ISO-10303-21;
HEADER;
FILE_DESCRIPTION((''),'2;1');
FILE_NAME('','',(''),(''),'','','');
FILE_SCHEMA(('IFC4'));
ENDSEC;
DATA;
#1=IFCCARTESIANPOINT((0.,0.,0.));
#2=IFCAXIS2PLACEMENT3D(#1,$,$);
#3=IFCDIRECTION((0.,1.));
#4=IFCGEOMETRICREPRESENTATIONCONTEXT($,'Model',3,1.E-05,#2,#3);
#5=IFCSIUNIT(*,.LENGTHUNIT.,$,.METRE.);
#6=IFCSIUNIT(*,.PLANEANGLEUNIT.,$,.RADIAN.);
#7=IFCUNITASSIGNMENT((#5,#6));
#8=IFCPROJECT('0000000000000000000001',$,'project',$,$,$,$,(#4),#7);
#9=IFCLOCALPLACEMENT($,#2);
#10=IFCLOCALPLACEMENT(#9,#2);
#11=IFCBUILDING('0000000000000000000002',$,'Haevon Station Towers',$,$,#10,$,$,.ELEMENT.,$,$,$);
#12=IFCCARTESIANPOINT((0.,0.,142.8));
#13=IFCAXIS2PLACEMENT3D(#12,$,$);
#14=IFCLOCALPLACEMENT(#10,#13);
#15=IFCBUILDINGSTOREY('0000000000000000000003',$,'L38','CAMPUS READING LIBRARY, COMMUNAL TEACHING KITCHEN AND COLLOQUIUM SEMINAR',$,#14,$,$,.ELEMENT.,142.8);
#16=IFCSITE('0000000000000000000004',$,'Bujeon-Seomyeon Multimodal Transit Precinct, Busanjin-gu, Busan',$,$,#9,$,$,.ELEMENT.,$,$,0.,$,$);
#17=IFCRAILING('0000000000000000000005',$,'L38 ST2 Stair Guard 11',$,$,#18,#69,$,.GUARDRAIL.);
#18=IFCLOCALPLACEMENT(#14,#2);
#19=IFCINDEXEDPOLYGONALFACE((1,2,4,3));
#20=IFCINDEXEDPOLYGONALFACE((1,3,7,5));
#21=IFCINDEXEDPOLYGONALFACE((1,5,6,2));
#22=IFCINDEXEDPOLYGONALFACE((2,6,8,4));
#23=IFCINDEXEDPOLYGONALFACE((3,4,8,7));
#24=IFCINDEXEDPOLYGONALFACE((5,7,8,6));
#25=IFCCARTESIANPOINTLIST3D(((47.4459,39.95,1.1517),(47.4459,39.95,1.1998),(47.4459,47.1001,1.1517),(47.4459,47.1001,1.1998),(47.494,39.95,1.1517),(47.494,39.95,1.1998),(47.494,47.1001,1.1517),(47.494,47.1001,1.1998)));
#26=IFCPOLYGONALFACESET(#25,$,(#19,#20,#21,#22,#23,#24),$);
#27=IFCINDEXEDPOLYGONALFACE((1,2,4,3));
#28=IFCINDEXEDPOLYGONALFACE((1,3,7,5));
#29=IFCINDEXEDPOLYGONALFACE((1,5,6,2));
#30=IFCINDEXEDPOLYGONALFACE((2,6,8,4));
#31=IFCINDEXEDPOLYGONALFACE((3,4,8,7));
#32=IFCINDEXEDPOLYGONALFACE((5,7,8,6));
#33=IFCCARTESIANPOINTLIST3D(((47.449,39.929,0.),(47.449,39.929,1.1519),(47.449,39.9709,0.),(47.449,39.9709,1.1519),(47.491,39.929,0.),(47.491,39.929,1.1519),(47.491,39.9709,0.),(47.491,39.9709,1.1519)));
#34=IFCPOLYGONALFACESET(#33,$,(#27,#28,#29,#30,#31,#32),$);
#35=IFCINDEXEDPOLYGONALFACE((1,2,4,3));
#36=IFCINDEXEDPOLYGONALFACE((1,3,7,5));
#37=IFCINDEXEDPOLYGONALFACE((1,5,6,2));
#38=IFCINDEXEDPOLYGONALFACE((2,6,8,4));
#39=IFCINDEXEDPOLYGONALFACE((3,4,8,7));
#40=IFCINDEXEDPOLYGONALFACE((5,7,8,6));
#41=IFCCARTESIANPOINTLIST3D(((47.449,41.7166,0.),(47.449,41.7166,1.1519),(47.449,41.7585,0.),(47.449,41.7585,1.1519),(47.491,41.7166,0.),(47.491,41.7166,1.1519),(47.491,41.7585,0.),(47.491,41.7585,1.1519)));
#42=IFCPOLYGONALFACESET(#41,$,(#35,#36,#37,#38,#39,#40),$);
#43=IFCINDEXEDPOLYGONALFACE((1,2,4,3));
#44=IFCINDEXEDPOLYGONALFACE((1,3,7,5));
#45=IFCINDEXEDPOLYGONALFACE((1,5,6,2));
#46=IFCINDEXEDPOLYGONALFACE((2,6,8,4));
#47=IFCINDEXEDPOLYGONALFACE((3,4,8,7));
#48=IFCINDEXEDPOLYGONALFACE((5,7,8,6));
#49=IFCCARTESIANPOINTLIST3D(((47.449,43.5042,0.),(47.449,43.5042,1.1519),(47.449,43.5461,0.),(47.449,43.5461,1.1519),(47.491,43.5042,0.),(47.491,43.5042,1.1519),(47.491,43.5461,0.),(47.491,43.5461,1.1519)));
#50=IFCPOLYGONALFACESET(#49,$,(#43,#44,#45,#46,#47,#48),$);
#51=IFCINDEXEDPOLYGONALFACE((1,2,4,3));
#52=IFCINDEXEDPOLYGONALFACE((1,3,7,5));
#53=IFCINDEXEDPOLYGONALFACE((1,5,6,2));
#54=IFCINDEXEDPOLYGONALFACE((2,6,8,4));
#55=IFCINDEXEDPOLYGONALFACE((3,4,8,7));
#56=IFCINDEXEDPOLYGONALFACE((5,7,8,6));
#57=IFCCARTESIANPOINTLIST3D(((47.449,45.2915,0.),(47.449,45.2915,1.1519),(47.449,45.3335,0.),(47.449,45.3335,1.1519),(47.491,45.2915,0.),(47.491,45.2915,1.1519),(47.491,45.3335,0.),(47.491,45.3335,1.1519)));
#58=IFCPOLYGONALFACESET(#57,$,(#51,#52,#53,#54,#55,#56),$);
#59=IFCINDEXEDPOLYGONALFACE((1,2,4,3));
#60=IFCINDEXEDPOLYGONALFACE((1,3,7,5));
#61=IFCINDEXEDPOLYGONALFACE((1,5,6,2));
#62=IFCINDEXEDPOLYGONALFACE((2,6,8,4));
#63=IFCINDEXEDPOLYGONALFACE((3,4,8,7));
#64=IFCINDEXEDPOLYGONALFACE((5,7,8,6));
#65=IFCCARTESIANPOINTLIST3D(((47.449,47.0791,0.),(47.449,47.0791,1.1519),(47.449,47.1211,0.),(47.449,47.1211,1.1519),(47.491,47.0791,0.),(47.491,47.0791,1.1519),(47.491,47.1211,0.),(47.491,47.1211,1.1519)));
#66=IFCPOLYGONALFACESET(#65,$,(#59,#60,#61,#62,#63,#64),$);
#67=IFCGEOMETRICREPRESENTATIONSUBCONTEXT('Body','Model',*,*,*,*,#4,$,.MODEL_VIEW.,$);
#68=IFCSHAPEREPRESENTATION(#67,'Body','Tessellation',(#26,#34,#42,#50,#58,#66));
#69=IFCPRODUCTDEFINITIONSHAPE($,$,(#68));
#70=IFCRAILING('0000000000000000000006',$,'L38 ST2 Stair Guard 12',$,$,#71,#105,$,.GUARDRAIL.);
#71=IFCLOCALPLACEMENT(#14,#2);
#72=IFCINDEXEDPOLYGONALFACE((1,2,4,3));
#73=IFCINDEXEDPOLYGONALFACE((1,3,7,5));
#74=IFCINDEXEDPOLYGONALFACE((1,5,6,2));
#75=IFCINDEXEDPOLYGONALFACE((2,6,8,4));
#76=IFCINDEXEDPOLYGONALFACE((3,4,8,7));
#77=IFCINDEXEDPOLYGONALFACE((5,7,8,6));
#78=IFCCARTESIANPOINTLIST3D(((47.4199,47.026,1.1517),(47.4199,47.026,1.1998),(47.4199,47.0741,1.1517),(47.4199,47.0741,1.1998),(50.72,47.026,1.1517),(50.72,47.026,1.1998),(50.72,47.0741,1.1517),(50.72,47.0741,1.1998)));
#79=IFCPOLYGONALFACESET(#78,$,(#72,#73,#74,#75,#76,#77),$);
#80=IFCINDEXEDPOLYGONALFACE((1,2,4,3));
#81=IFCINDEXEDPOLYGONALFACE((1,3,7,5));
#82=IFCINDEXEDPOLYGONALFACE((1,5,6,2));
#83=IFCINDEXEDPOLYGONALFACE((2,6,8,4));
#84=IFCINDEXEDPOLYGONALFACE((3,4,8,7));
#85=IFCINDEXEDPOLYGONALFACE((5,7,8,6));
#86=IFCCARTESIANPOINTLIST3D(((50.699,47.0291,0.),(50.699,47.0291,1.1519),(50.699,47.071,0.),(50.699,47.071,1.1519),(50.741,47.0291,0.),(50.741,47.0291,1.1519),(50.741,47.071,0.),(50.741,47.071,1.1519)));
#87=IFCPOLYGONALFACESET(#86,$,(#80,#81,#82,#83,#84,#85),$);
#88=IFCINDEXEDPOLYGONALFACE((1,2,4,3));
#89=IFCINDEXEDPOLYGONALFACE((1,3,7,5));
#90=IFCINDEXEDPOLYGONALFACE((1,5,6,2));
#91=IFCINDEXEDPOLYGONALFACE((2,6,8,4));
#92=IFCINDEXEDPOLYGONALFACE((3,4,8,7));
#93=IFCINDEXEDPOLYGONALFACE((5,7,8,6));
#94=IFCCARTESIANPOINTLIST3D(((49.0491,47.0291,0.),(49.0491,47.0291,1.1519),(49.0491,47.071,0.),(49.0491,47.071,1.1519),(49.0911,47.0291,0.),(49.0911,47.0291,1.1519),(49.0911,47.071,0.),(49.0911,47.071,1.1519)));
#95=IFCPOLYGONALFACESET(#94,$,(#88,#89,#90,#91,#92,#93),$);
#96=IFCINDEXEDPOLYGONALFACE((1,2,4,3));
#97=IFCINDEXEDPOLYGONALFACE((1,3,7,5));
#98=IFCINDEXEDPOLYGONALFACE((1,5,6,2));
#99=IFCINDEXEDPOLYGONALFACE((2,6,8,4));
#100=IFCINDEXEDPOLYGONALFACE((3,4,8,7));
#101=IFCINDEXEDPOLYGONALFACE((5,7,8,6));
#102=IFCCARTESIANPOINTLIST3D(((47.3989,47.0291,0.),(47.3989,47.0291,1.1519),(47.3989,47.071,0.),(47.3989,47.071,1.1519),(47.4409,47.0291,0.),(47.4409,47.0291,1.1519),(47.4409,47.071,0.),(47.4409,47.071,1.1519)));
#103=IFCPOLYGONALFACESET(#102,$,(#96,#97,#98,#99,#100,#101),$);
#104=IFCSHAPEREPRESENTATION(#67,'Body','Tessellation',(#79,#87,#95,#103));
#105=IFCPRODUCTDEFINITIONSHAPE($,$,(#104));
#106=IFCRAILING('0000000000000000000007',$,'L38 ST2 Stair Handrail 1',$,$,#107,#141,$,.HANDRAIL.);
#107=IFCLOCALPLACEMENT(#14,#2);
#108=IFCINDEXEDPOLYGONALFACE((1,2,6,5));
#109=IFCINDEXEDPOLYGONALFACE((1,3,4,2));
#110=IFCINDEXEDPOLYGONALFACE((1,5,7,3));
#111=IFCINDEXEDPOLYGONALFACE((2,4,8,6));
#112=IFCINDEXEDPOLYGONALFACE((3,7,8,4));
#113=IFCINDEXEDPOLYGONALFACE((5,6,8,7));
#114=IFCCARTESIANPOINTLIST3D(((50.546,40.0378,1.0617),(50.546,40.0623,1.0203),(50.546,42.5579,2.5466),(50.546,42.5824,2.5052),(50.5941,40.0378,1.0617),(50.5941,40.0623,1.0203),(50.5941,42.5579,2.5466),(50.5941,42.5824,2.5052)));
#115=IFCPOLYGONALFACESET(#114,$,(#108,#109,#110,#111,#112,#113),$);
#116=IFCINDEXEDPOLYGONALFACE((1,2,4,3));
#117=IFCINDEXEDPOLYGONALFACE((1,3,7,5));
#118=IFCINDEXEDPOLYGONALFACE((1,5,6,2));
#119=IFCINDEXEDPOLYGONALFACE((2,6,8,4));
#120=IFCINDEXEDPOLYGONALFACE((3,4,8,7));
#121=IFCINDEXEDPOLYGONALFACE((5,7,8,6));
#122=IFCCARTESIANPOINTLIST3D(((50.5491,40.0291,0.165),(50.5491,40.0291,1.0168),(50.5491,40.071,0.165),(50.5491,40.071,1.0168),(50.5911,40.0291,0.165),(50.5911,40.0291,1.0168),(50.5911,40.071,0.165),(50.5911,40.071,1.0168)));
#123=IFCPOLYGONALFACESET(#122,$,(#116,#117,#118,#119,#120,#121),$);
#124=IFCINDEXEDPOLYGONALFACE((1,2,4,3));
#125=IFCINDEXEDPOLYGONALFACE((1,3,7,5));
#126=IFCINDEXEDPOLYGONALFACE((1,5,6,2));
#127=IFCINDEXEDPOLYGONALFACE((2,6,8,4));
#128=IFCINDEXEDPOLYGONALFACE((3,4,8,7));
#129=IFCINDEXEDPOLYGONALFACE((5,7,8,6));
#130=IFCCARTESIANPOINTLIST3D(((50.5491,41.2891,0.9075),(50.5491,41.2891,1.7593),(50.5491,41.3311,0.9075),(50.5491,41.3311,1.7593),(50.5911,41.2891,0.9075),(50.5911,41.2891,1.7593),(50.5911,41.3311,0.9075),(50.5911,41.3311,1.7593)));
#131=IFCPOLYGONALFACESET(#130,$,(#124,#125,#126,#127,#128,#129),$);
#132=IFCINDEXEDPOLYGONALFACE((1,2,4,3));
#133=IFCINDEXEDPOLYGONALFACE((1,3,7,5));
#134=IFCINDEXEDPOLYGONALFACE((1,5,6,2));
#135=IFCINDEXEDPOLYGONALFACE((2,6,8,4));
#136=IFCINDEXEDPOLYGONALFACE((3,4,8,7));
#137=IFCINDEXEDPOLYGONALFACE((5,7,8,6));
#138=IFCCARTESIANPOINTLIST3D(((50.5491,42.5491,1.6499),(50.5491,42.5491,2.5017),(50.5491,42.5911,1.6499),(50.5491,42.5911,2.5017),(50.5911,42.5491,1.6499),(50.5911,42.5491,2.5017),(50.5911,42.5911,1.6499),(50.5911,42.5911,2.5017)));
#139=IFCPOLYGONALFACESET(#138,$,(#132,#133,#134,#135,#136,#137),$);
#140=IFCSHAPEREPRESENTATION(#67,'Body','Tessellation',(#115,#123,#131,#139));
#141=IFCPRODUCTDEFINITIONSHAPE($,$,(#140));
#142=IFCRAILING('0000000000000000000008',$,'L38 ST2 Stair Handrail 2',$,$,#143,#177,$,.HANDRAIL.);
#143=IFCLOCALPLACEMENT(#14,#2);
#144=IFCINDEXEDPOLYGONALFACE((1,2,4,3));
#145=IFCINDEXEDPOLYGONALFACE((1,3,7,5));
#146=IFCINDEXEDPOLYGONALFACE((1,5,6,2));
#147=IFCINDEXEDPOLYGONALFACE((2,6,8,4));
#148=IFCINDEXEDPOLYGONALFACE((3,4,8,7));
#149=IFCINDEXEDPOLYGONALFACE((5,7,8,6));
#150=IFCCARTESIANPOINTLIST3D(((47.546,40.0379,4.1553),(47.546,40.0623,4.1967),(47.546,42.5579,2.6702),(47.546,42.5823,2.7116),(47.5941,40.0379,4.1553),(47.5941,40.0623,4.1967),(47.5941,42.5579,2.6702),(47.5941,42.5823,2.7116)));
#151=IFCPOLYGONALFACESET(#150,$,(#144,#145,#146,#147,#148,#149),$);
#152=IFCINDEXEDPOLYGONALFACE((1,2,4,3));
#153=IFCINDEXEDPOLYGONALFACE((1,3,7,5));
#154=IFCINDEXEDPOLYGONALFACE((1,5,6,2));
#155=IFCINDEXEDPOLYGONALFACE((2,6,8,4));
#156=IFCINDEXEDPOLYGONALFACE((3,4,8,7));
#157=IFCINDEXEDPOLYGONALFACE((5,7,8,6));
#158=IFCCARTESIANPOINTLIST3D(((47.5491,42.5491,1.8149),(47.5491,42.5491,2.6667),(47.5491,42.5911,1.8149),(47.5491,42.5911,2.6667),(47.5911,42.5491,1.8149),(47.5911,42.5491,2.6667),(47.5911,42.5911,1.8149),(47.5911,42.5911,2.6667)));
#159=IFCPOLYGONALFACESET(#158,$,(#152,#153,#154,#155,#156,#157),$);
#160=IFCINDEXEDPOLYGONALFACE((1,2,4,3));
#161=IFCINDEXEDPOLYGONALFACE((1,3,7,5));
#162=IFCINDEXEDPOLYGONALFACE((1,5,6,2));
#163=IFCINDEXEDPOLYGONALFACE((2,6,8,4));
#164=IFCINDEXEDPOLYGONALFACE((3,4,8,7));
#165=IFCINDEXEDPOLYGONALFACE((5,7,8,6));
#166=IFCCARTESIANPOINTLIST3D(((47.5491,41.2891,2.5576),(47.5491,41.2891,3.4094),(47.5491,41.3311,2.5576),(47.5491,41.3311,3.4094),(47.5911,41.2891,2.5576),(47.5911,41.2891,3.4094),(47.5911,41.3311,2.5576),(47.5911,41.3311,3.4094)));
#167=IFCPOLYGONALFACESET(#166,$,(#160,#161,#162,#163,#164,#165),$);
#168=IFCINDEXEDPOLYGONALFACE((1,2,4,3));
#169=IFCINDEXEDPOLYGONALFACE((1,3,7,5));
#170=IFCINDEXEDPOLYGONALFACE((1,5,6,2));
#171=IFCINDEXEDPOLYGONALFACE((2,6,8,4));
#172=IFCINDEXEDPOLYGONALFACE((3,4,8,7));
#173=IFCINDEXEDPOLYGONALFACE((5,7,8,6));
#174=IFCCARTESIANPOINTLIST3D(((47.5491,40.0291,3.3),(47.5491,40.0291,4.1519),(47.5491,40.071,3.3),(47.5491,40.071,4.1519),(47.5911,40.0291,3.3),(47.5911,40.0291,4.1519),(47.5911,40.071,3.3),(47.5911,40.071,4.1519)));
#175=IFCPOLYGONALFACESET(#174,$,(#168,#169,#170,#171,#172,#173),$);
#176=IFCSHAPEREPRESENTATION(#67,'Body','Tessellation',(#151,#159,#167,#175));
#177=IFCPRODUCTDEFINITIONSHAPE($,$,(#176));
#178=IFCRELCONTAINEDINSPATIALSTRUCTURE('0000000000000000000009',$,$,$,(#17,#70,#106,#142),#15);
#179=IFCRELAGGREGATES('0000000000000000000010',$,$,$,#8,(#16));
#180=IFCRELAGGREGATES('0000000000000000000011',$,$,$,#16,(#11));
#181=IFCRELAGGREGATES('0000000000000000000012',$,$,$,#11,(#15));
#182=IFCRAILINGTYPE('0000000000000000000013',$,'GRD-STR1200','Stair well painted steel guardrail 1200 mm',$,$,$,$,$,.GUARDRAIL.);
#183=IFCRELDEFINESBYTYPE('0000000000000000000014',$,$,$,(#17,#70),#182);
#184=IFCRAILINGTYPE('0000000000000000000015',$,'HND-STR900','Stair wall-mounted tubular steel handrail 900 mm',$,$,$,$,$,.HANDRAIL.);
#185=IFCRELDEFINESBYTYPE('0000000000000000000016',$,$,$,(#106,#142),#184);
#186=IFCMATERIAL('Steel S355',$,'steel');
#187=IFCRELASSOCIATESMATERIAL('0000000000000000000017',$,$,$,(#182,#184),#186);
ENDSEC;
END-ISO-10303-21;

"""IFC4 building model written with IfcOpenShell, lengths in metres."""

from ifc_helpers import new_model, si_unit, direction, frame, origin, origin_2d, place, context, subcontext, project, spatial, rectangle, extrude, material, type_object, element, save


model = new_model("IFC4")

# Units and contexts
model_context = context("Model", 3, precision=1e-05, world=origin(), true_north=direction((0.0, 1.0)))
body_context = subcontext(model_context, "Body", "Model", "MODEL_VIEW")
ifc_project = project(units=[si_unit("LENGTHUNIT", "METRE"), si_unit("PLANEANGLEUNIT", "RADIAN")], contexts=[model_context])

# Site, building, storey
site_placement = place(None, origin())
site = spatial("IfcSite", under=ifc_project, at=site_placement, Name="Bujeon-Seomyeon Multimodal Transit Precinct, Busanjin-gu, Busan", CompositionType="ELEMENT", RefElevation=0.0)
building_placement = place(site_placement, origin())
building = spatial("IfcBuilding", under=site, at=building_placement, Name="Haevon Station Towers", CompositionType="ELEMENT")
storey_placement = place(building_placement, frame((0.0, 0.0, 142.8)))
storey = spatial("IfcBuildingStorey", under=building, at=storey_placement, Name="L38", Description="CAMPUS READING LIBRARY, COMMUNAL TEACHING KITCHEN AND COLLOQUIUM SEMINAR", CompositionType="ELEMENT", Elevation=142.8)

# Shared definitions
ifc_material_1 = material(Name="Steel S355", Category="steel")

# Railings
railing_type_1 = type_object("IfcRailingType", Name="GRD-STR1200", Description="Stair well painted steel guardrail 1200 mm", PredefinedType="GUARDRAIL", material=ifc_material_1)
for number, where, name in (
    (1, (47.47, 39.95, 0.0), "L38 ST2 Stair Guard 11"),
):
    element("IfcRailing", number, at=place(storey_placement, frame(where)), inside=storey, type_object=railing_type_1, Name=name, PredefinedType="GUARDRAIL", context=body_context, shape_type="SweptSolid", body=[
        extrude(rectangle(XDim=0.0481, YDim=0.0481, at=origin_2d()), frame((0.0, 0.0, 1.1758), z_axis=(0.0, 1.0, 0.0), x_axis=(-1.0, 0.0, 0.0)), (0.0, 0.0, 1.0), 7.1501),
        extrude(rectangle(XDim=0.042, YDim=0.042, at=origin_2d()), origin(), (0.0, 0.0, 1.0), 1.1519),
        extrude(rectangle(XDim=0.042, YDim=0.042, at=origin_2d()), frame((0.0, 1.7876, 0.0)), (0.0, 0.0, 1.0), 1.1519),
        extrude(rectangle(XDim=0.042, YDim=0.042, at=origin_2d()), frame((0.0, 3.5752, 0.0)), (0.0, 0.0, 1.0), 1.1519),
        extrude(rectangle(XDim=0.042, YDim=0.042, at=origin_2d()), frame((0.0, 5.3625, 0.0)), (0.0, 0.0, 1.0), 1.1519),
        extrude(rectangle(XDim=0.042, YDim=0.042, at=origin_2d()), frame((0.0, 7.1501, 0.0)), (0.0, 0.0, 1.0), 1.1519),
    ])
railing_1_placement = place(storey_placement, frame((50.72, 47.05, 0.0)))
element("IfcRailing", 2, at=railing_1_placement, inside=storey, type_object=railing_type_1, Name="L38 ST2 Stair Guard 12", PredefinedType="GUARDRAIL", context=body_context, shape_type="SweptSolid", body=[
    extrude(rectangle(XDim=0.0481, YDim=0.0481, at=origin_2d()), frame((0.0, 0.0, 1.1758), z_axis=(-1.0, 0.0, 0.0), x_axis=(0.0, -1.0, 0.0)), (0.0, 0.0, 1.0), 3.3),
    extrude(rectangle(XDim=0.042, YDim=0.042, at=origin_2d()), origin(), (0.0, 0.0, 1.0), 1.1519),
    extrude(rectangle(XDim=0.042, YDim=0.042, at=origin_2d()), frame((-1.6499, 0.0, 0.0)), (0.0, 0.0, 1.0), 1.1519),
    extrude(rectangle(XDim=0.042, YDim=0.042, at=origin_2d()), frame((-3.3, 0.0, 0.0)), (0.0, 0.0, 1.0), 1.1519),
])
railing_type_2 = type_object("IfcRailingType", Name="HND-STR900", Description="Stair wall-mounted tubular steel handrail 900 mm", PredefinedType="HANDRAIL", material=ifc_material_1)
railing_2_placement = place(storey_placement, frame((50.5701, 40.05, 0.165)))
element("IfcRailing", 3, at=railing_2_placement, inside=storey, type_object=railing_type_2, Name="L38 ST2 Stair Handrail 1", PredefinedType="HANDRAIL", context=body_context, shape_type="SweptSolid", body=[
    extrude(rectangle(XDim=0.0481, YDim=0.0481, at=origin_2d()), frame((0.0, 0.0, 0.876), z_axis=(0.0, 0.861561, 0.507655), x_axis=(-1.0, 0.0, 0.0)), (0.0, 0.0, 1.0), 2.925),
    extrude(rectangle(XDim=0.042, YDim=0.042, at=origin_2d()), origin(), (0.0, 0.0, 1.0), 0.8518),
    extrude(rectangle(XDim=0.042, YDim=0.042, at=origin_2d()), frame((0.0, 1.26, 0.7424)), (0.0, 0.0, 1.0), 0.8518),
    extrude(rectangle(XDim=0.042, YDim=0.042, at=origin_2d()), frame((0.0, 2.52, 1.4849)), (0.0, 0.0, 1.0), 0.8518),
])
railing_3_placement = place(storey_placement, frame((47.5701, 42.5701, 1.8149)))
element("IfcRailing", 4, at=railing_3_placement, inside=storey, type_object=railing_type_2, Name="L38 ST2 Stair Handrail 2", PredefinedType="HANDRAIL", context=body_context, shape_type="SweptSolid", body=[
    extrude(rectangle(XDim=0.0481, YDim=0.0481, at=origin_2d()), frame((0.0, 0.0, 0.876), z_axis=(0.0, -0.861524, 0.507717), x_axis=(1.0, 0.0, 0.0)), (0.0, 0.0, 1.0), 2.925),
    extrude(rectangle(XDim=0.042, YDim=0.042, at=origin_2d()), origin(), (0.0, 0.0, 1.0), 0.8518),
    extrude(rectangle(XDim=0.042, YDim=0.042, at=origin_2d()), frame((0.0, -1.26, 0.7427)), (0.0, 0.0, 1.0), 0.8518),
    extrude(rectangle(XDim=0.042, YDim=0.042, at=origin_2d()), frame((0.0, -2.52, 1.4851)), (0.0, 0.0, 1.0), 0.8518),
])

save(model, "model.ifc")
